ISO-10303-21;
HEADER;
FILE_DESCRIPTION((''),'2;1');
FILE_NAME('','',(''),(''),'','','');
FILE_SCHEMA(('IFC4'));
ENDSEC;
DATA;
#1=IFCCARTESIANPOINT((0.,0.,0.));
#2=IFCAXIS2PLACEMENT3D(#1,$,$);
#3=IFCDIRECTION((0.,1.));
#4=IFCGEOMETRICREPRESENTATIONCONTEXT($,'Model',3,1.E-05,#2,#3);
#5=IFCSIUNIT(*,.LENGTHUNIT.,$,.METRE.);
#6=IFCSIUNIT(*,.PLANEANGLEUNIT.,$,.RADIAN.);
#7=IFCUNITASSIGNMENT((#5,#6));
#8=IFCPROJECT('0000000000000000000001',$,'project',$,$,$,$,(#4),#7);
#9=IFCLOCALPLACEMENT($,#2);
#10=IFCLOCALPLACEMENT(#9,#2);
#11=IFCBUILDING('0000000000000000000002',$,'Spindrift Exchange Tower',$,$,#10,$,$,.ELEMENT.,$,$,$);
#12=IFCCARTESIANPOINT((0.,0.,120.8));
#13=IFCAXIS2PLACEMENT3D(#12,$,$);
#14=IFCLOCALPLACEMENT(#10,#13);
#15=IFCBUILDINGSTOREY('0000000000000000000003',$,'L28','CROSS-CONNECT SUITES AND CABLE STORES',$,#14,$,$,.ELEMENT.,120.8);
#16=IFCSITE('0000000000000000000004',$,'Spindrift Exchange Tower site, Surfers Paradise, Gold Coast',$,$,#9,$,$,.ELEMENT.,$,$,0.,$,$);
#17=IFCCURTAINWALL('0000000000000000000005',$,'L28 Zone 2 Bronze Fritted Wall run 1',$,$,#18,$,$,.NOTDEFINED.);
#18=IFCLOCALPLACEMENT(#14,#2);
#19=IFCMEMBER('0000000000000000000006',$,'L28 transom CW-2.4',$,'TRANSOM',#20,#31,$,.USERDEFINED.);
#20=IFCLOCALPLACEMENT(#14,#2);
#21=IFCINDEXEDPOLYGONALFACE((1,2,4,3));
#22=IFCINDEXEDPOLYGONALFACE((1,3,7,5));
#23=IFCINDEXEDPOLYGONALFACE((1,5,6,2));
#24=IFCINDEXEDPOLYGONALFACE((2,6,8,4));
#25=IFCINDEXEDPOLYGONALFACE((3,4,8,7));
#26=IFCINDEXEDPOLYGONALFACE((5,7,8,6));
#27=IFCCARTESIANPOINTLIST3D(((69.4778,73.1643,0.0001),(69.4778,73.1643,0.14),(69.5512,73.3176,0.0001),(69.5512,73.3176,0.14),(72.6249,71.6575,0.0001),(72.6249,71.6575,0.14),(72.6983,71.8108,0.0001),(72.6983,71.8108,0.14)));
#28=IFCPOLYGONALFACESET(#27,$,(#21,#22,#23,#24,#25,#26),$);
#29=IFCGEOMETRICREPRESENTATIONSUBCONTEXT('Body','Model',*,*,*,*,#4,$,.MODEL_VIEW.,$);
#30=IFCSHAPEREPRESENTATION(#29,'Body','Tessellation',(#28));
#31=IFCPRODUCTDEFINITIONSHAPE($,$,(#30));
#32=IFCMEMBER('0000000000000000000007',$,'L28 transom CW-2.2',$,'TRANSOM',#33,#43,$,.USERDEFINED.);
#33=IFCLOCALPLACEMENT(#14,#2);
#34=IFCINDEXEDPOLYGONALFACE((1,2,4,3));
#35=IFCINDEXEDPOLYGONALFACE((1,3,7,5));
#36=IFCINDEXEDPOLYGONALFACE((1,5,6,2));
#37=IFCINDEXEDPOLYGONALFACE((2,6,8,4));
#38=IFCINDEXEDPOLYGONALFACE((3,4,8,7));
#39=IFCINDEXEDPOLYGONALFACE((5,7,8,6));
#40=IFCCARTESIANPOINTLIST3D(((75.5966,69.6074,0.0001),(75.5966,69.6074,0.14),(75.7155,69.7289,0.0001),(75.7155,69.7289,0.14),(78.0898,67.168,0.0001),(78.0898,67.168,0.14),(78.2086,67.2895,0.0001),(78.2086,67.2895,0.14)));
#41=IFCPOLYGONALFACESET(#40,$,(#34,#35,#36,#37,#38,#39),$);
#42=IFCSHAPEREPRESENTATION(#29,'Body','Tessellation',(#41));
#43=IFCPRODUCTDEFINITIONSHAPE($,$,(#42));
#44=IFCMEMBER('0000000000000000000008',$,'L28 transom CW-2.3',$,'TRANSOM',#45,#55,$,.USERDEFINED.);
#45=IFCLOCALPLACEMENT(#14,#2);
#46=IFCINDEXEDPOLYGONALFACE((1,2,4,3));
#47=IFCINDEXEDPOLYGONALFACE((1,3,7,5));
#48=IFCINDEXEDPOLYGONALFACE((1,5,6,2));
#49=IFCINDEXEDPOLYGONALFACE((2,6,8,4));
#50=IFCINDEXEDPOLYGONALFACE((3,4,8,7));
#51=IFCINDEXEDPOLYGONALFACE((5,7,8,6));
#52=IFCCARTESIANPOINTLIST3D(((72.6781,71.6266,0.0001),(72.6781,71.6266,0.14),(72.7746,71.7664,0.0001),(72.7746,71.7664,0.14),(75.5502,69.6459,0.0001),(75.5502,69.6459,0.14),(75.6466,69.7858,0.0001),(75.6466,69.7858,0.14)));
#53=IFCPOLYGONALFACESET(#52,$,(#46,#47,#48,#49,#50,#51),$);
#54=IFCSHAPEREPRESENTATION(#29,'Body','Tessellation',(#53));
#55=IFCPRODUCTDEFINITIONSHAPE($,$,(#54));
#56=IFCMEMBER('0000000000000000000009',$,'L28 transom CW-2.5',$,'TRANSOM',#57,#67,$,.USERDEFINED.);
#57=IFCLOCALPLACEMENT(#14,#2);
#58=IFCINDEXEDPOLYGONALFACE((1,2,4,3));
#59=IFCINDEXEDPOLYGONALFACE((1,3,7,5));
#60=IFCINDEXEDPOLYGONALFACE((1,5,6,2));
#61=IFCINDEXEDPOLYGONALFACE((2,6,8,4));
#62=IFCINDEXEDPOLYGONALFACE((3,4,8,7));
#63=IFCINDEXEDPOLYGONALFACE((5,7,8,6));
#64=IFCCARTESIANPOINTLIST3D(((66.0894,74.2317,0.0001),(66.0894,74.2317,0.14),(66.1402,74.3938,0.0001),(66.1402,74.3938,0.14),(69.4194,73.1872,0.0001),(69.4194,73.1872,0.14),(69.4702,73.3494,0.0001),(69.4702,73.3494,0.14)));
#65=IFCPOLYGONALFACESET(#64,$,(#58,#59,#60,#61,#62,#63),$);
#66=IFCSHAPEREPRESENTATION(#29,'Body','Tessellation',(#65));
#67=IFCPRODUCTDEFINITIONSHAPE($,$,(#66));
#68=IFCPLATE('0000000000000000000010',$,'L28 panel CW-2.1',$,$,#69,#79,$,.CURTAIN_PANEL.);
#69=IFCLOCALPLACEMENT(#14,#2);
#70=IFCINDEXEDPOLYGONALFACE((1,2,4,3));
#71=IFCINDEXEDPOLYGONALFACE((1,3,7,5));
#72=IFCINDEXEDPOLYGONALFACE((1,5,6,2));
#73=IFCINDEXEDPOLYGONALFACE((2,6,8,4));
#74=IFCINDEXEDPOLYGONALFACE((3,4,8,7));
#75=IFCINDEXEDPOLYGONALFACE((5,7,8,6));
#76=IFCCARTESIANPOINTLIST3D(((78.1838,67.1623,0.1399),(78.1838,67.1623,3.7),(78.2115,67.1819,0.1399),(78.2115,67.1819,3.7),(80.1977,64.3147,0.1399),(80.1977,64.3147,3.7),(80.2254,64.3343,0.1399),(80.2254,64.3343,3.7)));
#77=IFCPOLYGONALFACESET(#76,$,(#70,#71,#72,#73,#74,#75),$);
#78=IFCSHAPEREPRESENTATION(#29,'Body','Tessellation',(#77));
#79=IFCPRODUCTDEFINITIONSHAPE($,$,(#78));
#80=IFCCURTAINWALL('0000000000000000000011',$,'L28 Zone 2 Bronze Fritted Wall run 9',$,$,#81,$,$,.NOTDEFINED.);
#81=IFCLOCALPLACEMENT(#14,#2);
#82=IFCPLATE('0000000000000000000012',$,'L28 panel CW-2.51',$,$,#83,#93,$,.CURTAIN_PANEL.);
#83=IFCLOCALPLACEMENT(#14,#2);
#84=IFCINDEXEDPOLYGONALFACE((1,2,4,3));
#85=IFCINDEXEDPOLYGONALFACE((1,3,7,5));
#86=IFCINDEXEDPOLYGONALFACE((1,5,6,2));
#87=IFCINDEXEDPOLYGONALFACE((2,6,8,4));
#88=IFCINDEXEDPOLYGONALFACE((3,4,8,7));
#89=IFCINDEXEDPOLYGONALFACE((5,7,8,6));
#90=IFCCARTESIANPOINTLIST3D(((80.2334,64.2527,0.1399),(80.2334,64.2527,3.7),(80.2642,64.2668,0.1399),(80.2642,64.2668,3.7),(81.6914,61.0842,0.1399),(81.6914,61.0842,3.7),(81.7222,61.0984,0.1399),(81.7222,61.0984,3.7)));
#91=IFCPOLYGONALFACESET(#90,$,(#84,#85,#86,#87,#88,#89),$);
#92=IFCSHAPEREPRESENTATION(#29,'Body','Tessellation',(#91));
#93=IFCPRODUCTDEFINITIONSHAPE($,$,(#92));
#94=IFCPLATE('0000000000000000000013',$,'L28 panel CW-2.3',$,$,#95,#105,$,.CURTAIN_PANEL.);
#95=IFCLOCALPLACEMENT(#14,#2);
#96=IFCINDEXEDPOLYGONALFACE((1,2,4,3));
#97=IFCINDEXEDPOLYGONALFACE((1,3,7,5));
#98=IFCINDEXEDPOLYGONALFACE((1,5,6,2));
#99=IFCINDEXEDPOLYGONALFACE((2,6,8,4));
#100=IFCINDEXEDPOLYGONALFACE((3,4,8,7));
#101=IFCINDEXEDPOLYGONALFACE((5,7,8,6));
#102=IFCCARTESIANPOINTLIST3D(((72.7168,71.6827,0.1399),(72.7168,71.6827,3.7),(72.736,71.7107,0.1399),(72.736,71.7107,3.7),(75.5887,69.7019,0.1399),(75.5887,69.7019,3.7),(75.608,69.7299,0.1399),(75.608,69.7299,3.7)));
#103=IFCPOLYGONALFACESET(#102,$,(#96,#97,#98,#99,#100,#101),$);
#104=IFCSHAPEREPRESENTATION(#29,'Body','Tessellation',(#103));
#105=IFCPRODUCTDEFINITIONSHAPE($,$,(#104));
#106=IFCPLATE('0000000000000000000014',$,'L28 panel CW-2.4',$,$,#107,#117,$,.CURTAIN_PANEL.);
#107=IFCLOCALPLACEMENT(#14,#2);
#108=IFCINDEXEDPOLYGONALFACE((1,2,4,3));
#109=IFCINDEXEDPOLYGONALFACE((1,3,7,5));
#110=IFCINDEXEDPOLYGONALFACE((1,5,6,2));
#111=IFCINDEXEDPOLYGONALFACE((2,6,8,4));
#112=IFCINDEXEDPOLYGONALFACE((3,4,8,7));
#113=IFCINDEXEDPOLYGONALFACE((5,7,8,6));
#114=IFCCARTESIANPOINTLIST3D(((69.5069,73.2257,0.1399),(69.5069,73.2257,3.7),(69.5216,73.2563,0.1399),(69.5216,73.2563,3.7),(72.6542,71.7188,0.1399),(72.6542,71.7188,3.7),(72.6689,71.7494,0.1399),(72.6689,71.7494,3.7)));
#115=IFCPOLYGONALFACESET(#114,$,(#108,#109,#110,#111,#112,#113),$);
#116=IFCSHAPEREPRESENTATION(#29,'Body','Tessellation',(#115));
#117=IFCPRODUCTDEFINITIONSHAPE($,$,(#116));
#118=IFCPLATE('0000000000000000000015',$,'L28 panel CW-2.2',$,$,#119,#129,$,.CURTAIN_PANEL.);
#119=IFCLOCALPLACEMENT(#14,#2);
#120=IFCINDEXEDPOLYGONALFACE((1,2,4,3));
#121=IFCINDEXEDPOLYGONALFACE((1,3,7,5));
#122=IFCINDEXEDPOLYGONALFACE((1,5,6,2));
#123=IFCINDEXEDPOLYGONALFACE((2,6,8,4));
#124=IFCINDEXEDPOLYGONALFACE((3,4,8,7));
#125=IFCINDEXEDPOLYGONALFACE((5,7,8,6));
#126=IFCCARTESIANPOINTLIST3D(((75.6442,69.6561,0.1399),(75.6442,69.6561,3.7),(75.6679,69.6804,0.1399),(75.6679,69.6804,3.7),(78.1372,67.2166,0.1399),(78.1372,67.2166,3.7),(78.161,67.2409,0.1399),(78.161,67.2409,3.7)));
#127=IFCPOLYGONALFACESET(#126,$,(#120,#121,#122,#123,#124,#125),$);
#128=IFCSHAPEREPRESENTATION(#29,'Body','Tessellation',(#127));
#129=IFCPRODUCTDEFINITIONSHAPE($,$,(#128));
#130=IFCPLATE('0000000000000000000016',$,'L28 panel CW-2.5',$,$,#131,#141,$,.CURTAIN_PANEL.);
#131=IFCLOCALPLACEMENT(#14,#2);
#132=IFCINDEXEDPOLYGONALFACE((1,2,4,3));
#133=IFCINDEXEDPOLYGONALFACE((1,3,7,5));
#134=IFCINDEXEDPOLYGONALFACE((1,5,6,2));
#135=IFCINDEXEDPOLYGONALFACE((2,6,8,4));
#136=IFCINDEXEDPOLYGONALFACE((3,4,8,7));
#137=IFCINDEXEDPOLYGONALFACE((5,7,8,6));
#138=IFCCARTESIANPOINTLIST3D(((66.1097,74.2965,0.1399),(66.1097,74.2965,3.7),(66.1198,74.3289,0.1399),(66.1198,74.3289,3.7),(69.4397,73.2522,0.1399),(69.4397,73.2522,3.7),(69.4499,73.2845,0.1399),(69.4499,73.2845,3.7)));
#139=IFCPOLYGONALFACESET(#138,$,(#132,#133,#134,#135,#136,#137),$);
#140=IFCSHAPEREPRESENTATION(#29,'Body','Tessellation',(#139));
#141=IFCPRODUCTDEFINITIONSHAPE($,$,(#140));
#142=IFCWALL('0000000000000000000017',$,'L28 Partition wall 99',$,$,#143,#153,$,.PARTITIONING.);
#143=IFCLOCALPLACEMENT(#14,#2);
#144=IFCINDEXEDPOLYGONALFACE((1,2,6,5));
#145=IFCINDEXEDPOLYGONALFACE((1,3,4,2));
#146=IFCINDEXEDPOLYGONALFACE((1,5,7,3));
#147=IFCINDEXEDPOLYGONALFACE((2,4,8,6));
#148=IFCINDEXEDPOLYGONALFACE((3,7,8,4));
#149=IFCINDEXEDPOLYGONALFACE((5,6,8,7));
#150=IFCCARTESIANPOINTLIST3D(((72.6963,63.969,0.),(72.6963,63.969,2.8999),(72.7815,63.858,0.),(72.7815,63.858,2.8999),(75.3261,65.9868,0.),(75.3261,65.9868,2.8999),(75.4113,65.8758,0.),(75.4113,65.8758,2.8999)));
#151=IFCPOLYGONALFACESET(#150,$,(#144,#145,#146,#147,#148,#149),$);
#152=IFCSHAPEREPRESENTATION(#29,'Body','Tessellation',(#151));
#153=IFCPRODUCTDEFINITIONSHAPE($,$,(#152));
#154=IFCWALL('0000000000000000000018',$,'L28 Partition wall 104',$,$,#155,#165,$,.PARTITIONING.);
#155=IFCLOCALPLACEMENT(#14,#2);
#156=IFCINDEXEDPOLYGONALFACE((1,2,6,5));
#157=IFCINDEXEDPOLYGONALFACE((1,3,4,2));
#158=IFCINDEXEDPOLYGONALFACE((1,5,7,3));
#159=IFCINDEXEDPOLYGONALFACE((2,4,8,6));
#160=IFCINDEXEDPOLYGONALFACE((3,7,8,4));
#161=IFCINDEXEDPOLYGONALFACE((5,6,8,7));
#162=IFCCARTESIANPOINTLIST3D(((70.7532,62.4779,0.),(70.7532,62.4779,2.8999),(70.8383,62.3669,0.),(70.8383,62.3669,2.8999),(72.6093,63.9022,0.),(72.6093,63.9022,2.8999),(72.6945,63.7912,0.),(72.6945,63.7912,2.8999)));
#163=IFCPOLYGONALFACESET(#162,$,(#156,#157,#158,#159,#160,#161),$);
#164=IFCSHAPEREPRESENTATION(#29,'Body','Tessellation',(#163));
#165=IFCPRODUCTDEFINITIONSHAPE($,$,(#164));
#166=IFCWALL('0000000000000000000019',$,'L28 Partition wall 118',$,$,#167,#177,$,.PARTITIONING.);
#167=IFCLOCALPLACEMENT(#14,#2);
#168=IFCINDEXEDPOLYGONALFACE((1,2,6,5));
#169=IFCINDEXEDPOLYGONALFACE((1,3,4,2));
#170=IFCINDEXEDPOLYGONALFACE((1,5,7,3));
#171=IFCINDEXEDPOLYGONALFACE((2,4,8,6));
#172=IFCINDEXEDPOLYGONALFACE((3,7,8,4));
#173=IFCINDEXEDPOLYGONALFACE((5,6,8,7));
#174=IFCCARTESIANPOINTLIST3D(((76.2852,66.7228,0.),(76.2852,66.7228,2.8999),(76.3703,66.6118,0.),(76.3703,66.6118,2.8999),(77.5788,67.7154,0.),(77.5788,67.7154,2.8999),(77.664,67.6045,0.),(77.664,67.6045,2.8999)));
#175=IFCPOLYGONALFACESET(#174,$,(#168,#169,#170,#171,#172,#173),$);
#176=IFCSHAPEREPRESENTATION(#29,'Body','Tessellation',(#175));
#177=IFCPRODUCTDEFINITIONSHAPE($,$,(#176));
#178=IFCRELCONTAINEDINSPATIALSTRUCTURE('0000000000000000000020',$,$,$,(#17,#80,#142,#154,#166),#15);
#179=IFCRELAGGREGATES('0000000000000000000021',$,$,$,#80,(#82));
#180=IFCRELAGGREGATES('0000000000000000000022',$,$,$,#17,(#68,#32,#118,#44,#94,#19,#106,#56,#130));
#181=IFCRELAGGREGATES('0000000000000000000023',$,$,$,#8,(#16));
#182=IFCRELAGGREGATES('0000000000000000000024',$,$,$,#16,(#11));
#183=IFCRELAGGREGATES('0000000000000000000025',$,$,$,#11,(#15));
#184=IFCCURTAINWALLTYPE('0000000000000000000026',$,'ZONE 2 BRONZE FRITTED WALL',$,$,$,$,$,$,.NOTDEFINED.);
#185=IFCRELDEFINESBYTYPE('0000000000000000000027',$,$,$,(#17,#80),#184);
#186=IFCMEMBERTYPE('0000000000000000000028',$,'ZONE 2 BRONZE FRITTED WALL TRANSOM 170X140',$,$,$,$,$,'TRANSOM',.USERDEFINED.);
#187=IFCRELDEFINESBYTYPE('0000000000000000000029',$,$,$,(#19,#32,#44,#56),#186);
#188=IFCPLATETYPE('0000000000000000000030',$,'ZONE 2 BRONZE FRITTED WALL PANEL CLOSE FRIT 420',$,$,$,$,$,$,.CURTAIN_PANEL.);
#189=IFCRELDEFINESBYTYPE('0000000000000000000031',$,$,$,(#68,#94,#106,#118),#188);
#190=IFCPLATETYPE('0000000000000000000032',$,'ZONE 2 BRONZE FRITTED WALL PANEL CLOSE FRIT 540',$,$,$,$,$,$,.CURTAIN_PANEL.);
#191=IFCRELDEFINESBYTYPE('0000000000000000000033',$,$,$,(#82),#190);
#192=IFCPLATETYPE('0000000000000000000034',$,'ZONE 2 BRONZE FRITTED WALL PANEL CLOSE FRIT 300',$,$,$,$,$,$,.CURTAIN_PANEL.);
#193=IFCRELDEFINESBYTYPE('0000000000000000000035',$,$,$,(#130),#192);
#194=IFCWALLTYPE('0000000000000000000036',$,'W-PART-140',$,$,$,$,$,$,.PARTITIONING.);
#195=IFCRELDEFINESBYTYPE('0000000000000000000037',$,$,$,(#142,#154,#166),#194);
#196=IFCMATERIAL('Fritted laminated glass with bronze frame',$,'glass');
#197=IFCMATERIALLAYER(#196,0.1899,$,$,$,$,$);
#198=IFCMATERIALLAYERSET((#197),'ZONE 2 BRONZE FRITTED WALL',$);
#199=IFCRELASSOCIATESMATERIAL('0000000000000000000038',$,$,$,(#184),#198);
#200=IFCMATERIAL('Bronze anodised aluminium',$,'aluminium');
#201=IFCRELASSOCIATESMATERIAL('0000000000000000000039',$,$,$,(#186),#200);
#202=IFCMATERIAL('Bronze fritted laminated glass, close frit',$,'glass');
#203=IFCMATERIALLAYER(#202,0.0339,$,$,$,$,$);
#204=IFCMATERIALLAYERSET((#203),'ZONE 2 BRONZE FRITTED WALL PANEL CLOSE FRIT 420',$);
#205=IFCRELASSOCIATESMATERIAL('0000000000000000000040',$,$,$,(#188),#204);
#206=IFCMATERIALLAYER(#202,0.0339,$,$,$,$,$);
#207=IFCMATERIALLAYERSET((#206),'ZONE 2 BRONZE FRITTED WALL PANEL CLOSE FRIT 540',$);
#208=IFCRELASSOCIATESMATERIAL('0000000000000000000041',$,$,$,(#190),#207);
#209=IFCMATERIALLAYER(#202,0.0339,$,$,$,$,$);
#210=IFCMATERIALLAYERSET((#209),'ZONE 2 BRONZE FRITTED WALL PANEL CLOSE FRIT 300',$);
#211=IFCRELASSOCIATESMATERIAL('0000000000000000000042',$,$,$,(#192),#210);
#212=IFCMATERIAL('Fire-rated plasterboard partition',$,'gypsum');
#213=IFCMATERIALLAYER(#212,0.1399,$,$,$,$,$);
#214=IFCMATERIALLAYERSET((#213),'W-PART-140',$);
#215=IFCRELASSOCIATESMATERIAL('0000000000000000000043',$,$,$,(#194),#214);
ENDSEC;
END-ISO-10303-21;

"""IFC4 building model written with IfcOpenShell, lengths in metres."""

from ifc_helpers import new_model, si_unit, direction, frame, frame_2d, origin, origin_2d, place, context, subcontext, project, spatial, rectangle, extrude, source, transform, mapped, material, layer, layer_set, material_profile, profile_set, type_object, element, aggregate, save


model = new_model("IFC4")

# Units and contexts
model_context = context("Model", 3, precision=1e-05, world=origin(), true_north=direction((0.0, 1.0)))
body_context = subcontext(model_context, "Body", "Model", "MODEL_VIEW")
ifc_project = project(units=[si_unit("LENGTHUNIT", "METRE"), si_unit("PLANEANGLEUNIT", "RADIAN")], contexts=[model_context])

# Site, building, storey
site_placement = place(None, origin())
site = spatial("IfcSite", under=ifc_project, at=site_placement, Name="Spindrift Exchange Tower site, Surfers Paradise, Gold Coast", CompositionType="ELEMENT", RefElevation=0.0)
building_placement = place(site_placement, origin())
building = spatial("IfcBuilding", under=site, at=building_placement, Name="Spindrift Exchange Tower", CompositionType="ELEMENT")
storey_placement = place(building_placement, frame((0.0, 0.0, 120.8)))
storey = spatial("IfcBuildingStorey", under=building, at=storey_placement, Name="L28", Description="CROSS-CONNECT SUITES AND CABLE STORES", CompositionType="ELEMENT", Elevation=120.8)

# Curtain wall, members, plate
ifc_material_1 = material(Name="Fritted laminated glass with bronze frame", Category="glass")
ifc_layer_1 = layer(ifc_material_1, 0.1899)
ifc_layer_set_1 = layer_set([ifc_layer_1], Name="ZONE 2 BRONZE FRITTED WALL")
curtain_wall_type = type_object("IfcCurtainWallType", Name="ZONE 2 BRONZE FRITTED WALL", PredefinedType="NOTDEFINED", material=ifc_layer_set_1)
curtain_wall_1_placement = place(storey_placement, origin())
curtain_wall_1 = element("IfcCurtainWall", 1, at=curtain_wall_1_placement, inside=storey, type_object=curtain_wall_type, Name="L28 Zone 2 Bronze Fritted Wall run 1", PredefinedType="NOTDEFINED")
ifc_material_2 = material(Name="Bronze anodised aluminium", Category="aluminium")
ifc_material_profile_1 = material_profile(ifc_material_2, rectangle(XDim=0.1699, YDim=0.1399, at=origin_2d()), Name="ZONE 2 BRONZE FRITTED WALL TRANSOM 170X140")
ifc_profile_set_1 = profile_set([ifc_material_profile_1], Name="Bronze anodised aluminium")
member_type_1 = type_object("IfcMemberType", Name="ZONE 2 BRONZE FRITTED WALL TRANSOM 170X140", ElementType="TRANSOM", PredefinedType="USERDEFINED", material=ifc_profile_set_1)
shared_shape_1 = source(origin(), body_context, "Body", "SweptSolid", [
    extrude(rectangle(XDim=0.1699, YDim=0.1399, at=origin_2d()), origin(), (0.0, 0.0, 1.0), 3.4893),
])
member_1_placement = place(storey_placement, frame((72.6616, 71.7341, 0.0701), z_axis=(-0.901951, 0.431839, 0.0), x_axis=(-0.431839, -0.901951, 0.0)))
member_1 = element("IfcMember", 2, at=member_1_placement, type_object=member_type_1, Name="L28 transom CW-2.4", ObjectType="TRANSOM", PredefinedType="USERDEFINED", context=body_context, shape_type="MappedRepresentation", body=[
    mapped(shared_shape_1, transform((0.0, 0.0, 0.0), scale=1.0)),
])
shared_shape_2 = source(origin(), body_context, "Body", "SweptSolid", [
    extrude(rectangle(XDim=0.1699, YDim=0.1399, at=origin_2d()), origin(), (0.0, 0.0, 1.0), 3.488),
])
member_2_placement = place(storey_placement, frame((78.1492, 67.2288, 0.0701), z_axis=(-0.714764, 0.699366, 0.0), x_axis=(-0.699366, -0.714764, 0.0)))
member_2 = element("IfcMember", 3, at=member_2_placement, type_object=member_type_1, Name="L28 transom CW-2.2", ObjectType="TRANSOM", PredefinedType="USERDEFINED", context=body_context, shape_type="MappedRepresentation", body=[
    mapped(shared_shape_2, transform((0.0, 0.0, 0.0), scale=1.0)),
])
shared_shape_3 = source(origin(), body_context, "Body", "SweptSolid", [
    extrude(rectangle(XDim=0.1699, YDim=0.1399, at=origin_2d()), origin(), (0.0, 0.0, 1.0), 3.4888),
])
member_3_placement = place(storey_placement, frame((75.5984, 69.7158, 0.0701), z_axis=(-0.823216, 0.567728, 0.0), x_axis=(-0.567728, -0.823216, 0.0)))
member_3 = element("IfcMember", 4, at=member_3_placement, type_object=member_type_1, Name="L28 transom CW-2.3", ObjectType="TRANSOM", PredefinedType="USERDEFINED", context=body_context, shape_type="MappedRepresentation", body=[
    mapped(shared_shape_3, transform((0.0, 0.0, 0.0), scale=1.0)),
])
shared_shape_4 = source(origin(), body_context, "Body", "SweptSolid", [
    extrude(rectangle(XDim=0.1699, YDim=0.1399, at=origin_2d()), origin(), (0.0, 0.0, 1.0), 3.49),
])
member_4_placement = place(storey_placement, frame((69.4448, 73.2683, 0.0701), z_axis=(-0.954171, 0.299263, 0.0), x_axis=(-0.299263, -0.954171, 0.0)))
member_4 = element("IfcMember", 5, at=member_4_placement, type_object=member_type_1, Name="L28 transom CW-2.5", ObjectType="TRANSOM", PredefinedType="USERDEFINED", context=body_context, shape_type="MappedRepresentation", body=[
    mapped(shared_shape_4, transform((0.0, 0.0, 0.0), scale=1.0)),
])
ifc_material_3 = material(Name="Bronze fritted laminated glass, close frit", Category="glass")
ifc_layer_2 = layer(ifc_material_3, 0.0339)
ifc_layer_set_2 = layer_set([ifc_layer_2], Name="ZONE 2 BRONZE FRITTED WALL PANEL CLOSE FRIT 420")
plate_type_1 = type_object("IfcPlateType", Name="ZONE 2 BRONZE FRITTED WALL PANEL CLOSE FRIT 420", PredefinedType="CURTAIN_PANEL", material=ifc_layer_set_2)
shared_shape_5 = source(origin(), body_context, "Body", "SweptSolid", [
    extrude(rectangle(XDim=3.4878, YDim=0.0339, at=origin_2d()), origin(), (0.0, 0.0, 1.0), 3.5601),
])
plate_1_placement = place(storey_placement, frame((79.2046, 65.7483, 0.1399), z_axis=(0.0, 0.0, 1.0), x_axis=(-0.577432, 0.816439, 0.0)))
plate_1 = element("IfcPlate", 6, at=plate_1_placement, type_object=plate_type_1, Name="L28 panel CW-2.1", PredefinedType="CURTAIN_PANEL", context=body_context, shape_type="MappedRepresentation", body=[
    mapped(shared_shape_5, transform((0.0, 0.0, 0.0), scale=1.0)),
])

# Curtain wall, plate
curtain_wall_2_placement = place(storey_placement, origin())
curtain_wall_2 = element("IfcCurtainWall", 7, at=curtain_wall_2_placement, inside=storey, type_object=curtain_wall_type, Name="L28 Zone 2 Bronze Fritted Wall run 9", PredefinedType="NOTDEFINED")
ifc_layer_3 = layer(ifc_material_3, 0.0339)
ifc_layer_set_3 = layer_set([ifc_layer_3], Name="ZONE 2 BRONZE FRITTED WALL PANEL CLOSE FRIT 540")
plate_type_2 = type_object("IfcPlateType", Name="ZONE 2 BRONZE FRITTED WALL PANEL CLOSE FRIT 540", PredefinedType="CURTAIN_PANEL", material=ifc_layer_set_3)
shared_shape_6 = source(origin(), body_context, "Body", "SweptSolid", [
    extrude(rectangle(XDim=3.4878, YDim=0.0339, at=origin_2d()), origin(), (0.0, 0.0, 1.0), 3.5601),
])
plate_2_placement = place(storey_placement, frame((80.9778, 62.6755, 0.1399), z_axis=(0.0, 0.0, 1.0), x_axis=(-0.418024, 0.908436, 0.0)))
plate_2 = element("IfcPlate", 8, at=plate_2_placement, type_object=plate_type_2, Name="L28 panel CW-2.51", PredefinedType="CURTAIN_PANEL", context=body_context, shape_type="MappedRepresentation", body=[
    mapped(shared_shape_6, transform((0.0, 0.0, 0.0), scale=1.0)),
])
aggregate(curtain_wall_2, [plate_2])

# Plates
shared_shape_7 = source(origin(), body_context, "Body", "SweptSolid", [
    extrude(rectangle(XDim=3.4888, YDim=0.0339, at=origin_2d()), origin(), (0.0, 0.0, 1.0), 3.5601),
])
plate_3_placement = place(storey_placement, frame((74.1624, 70.7063, 0.1399), z_axis=(0.0, 0.0, 1.0), x_axis=(-0.823192, 0.567763, 0.0)))
plate_3 = element("IfcPlate", 9, at=plate_3_placement, type_object=plate_type_1, Name="L28 panel CW-2.3", PredefinedType="CURTAIN_PANEL", context=body_context, shape_type="MappedRepresentation", body=[
    mapped(shared_shape_7, transform((0.0, 0.0, 0.0), scale=1.0)),
])
shared_shape_8 = source(origin(), body_context, "Body", "SweptSolid", [
    extrude(rectangle(XDim=3.4895, YDim=0.0339, at=origin_2d()), origin(), (0.0, 0.0, 1.0), 3.5601),
])
plate_4_placement = place(storey_placement, frame((71.0879, 72.4875, 0.1399), z_axis=(0.0, 0.0, 1.0), x_axis=(-0.901944, 0.431853, 0.0)))
plate_4 = element("IfcPlate", 10, at=plate_4_placement, type_object=plate_type_1, Name="L28 panel CW-2.4", PredefinedType="CURTAIN_PANEL", context=body_context, shape_type="MappedRepresentation", body=[
    mapped(shared_shape_8, transform((0.0, 0.0, 0.0), scale=1.0)),
])
shared_shape_9 = source(origin(), body_context, "Body", "SweptSolid", [
    extrude(rectangle(XDim=3.488, YDim=0.0339, at=origin_2d()), origin(), (0.0, 0.0, 1.0), 3.5601),
])
plate_5_placement = place(storey_placement, frame((76.9026, 68.4485, 0.1399), z_axis=(0.0, 0.0, 1.0), x_axis=(-0.714741, 0.699389, 0.0)))
plate_5 = element("IfcPlate", 11, at=plate_5_placement, type_object=plate_type_1, Name="L28 panel CW-2.2", PredefinedType="CURTAIN_PANEL", context=body_context, shape_type="MappedRepresentation", body=[
    mapped(shared_shape_9, transform((0.0, 0.0, 0.0), scale=1.0)),
])
ifc_layer_4 = layer(ifc_material_3, 0.0339)
ifc_layer_set_4 = layer_set([ifc_layer_4], Name="ZONE 2 BRONZE FRITTED WALL PANEL CLOSE FRIT 300")
plate_type_3 = type_object("IfcPlateType", Name="ZONE 2 BRONZE FRITTED WALL PANEL CLOSE FRIT 300", PredefinedType="CURTAIN_PANEL", material=ifc_layer_set_4)
shared_shape_10 = source(origin(), body_context, "Body", "SweptSolid", [
    extrude(rectangle(XDim=3.49, YDim=0.0339, at=origin_2d()), origin(), (0.0, 0.0, 1.0), 3.5601),
])
plate_6_placement = place(storey_placement, frame((67.7798, 73.7905, 0.1399), z_axis=(0.0, 0.0, 1.0), x_axis=(-0.954176, 0.299246, 0.0)))
plate_6 = element("IfcPlate", 12, at=plate_6_placement, type_object=plate_type_3, Name="L28 panel CW-2.5", PredefinedType="CURTAIN_PANEL", context=body_context, shape_type="MappedRepresentation", body=[
    mapped(shared_shape_10, transform((0.0, 0.0, 0.0), scale=1.0)),
])
aggregate(curtain_wall_1, [plate_1, member_2, plate_5, member_3, plate_3, member_1, plate_4, member_4, plate_6])

# Walls
ifc_material_4 = material(Name="Fire-rated plasterboard partition", Category="gypsum")
ifc_layer_5 = layer(ifc_material_4, 0.1399)
ifc_layer_set_5 = layer_set([ifc_layer_5], Name="W-PART-140")
wall_type_1 = type_object("IfcWallType", Name="W-PART-140", PredefinedType="PARTITIONING", material=ifc_layer_set_5)
wall_1_placement = place(storey_placement, frame((72.739, 63.9136, 0.0), z_axis=(0.0, 0.0, 1.0), x_axis=(0.793376, 0.608731, 0.0)))
element("IfcWall", 13, at=wall_1_placement, inside=storey, type_object=wall_type_1, Name="L28 Partition wall 99", PredefinedType="PARTITIONING", context=body_context, shape_type="SweptSolid", body=[
    extrude(rectangle(XDim=3.3147, YDim=0.1399, at=frame_2d((1.6572, 0.0))), origin(), (0.0, 0.0, 1.0), 2.8999),
])
wall_2_placement = place(storey_placement, frame((70.7957, 62.4224, 0.0), z_axis=(0.0, 0.0, 1.0), x_axis=(0.793353, 0.608762, 0.0)))
element("IfcWall", 14, at=wall_2_placement, inside=storey, type_object=wall_type_1, Name="L28 Partition wall 104", PredefinedType="PARTITIONING", context=body_context, shape_type="SweptSolid", body=[
    extrude(rectangle(XDim=2.3396, YDim=0.1399, at=frame_2d((1.1699, 0.0))), origin(), (0.0, 0.0, 1.0), 2.8999),
])
wall_3_placement = place(storey_placement, frame((76.3276, 66.6672, 0.0), z_axis=(0.0, 0.0, 1.0), x_axis=(0.793358, 0.608755, 0.0)))
element("IfcWall", 15, at=wall_3_placement, inside=storey, type_object=wall_type_1, Name="L28 Partition wall 118", PredefinedType="PARTITIONING", context=body_context, shape_type="SweptSolid", body=[
    extrude(rectangle(XDim=1.6306, YDim=0.1399, at=frame_2d((0.8154, 0.0))), origin(), (0.0, 0.0, 1.0), 2.8999),
])

save(model, "model.ifc")
